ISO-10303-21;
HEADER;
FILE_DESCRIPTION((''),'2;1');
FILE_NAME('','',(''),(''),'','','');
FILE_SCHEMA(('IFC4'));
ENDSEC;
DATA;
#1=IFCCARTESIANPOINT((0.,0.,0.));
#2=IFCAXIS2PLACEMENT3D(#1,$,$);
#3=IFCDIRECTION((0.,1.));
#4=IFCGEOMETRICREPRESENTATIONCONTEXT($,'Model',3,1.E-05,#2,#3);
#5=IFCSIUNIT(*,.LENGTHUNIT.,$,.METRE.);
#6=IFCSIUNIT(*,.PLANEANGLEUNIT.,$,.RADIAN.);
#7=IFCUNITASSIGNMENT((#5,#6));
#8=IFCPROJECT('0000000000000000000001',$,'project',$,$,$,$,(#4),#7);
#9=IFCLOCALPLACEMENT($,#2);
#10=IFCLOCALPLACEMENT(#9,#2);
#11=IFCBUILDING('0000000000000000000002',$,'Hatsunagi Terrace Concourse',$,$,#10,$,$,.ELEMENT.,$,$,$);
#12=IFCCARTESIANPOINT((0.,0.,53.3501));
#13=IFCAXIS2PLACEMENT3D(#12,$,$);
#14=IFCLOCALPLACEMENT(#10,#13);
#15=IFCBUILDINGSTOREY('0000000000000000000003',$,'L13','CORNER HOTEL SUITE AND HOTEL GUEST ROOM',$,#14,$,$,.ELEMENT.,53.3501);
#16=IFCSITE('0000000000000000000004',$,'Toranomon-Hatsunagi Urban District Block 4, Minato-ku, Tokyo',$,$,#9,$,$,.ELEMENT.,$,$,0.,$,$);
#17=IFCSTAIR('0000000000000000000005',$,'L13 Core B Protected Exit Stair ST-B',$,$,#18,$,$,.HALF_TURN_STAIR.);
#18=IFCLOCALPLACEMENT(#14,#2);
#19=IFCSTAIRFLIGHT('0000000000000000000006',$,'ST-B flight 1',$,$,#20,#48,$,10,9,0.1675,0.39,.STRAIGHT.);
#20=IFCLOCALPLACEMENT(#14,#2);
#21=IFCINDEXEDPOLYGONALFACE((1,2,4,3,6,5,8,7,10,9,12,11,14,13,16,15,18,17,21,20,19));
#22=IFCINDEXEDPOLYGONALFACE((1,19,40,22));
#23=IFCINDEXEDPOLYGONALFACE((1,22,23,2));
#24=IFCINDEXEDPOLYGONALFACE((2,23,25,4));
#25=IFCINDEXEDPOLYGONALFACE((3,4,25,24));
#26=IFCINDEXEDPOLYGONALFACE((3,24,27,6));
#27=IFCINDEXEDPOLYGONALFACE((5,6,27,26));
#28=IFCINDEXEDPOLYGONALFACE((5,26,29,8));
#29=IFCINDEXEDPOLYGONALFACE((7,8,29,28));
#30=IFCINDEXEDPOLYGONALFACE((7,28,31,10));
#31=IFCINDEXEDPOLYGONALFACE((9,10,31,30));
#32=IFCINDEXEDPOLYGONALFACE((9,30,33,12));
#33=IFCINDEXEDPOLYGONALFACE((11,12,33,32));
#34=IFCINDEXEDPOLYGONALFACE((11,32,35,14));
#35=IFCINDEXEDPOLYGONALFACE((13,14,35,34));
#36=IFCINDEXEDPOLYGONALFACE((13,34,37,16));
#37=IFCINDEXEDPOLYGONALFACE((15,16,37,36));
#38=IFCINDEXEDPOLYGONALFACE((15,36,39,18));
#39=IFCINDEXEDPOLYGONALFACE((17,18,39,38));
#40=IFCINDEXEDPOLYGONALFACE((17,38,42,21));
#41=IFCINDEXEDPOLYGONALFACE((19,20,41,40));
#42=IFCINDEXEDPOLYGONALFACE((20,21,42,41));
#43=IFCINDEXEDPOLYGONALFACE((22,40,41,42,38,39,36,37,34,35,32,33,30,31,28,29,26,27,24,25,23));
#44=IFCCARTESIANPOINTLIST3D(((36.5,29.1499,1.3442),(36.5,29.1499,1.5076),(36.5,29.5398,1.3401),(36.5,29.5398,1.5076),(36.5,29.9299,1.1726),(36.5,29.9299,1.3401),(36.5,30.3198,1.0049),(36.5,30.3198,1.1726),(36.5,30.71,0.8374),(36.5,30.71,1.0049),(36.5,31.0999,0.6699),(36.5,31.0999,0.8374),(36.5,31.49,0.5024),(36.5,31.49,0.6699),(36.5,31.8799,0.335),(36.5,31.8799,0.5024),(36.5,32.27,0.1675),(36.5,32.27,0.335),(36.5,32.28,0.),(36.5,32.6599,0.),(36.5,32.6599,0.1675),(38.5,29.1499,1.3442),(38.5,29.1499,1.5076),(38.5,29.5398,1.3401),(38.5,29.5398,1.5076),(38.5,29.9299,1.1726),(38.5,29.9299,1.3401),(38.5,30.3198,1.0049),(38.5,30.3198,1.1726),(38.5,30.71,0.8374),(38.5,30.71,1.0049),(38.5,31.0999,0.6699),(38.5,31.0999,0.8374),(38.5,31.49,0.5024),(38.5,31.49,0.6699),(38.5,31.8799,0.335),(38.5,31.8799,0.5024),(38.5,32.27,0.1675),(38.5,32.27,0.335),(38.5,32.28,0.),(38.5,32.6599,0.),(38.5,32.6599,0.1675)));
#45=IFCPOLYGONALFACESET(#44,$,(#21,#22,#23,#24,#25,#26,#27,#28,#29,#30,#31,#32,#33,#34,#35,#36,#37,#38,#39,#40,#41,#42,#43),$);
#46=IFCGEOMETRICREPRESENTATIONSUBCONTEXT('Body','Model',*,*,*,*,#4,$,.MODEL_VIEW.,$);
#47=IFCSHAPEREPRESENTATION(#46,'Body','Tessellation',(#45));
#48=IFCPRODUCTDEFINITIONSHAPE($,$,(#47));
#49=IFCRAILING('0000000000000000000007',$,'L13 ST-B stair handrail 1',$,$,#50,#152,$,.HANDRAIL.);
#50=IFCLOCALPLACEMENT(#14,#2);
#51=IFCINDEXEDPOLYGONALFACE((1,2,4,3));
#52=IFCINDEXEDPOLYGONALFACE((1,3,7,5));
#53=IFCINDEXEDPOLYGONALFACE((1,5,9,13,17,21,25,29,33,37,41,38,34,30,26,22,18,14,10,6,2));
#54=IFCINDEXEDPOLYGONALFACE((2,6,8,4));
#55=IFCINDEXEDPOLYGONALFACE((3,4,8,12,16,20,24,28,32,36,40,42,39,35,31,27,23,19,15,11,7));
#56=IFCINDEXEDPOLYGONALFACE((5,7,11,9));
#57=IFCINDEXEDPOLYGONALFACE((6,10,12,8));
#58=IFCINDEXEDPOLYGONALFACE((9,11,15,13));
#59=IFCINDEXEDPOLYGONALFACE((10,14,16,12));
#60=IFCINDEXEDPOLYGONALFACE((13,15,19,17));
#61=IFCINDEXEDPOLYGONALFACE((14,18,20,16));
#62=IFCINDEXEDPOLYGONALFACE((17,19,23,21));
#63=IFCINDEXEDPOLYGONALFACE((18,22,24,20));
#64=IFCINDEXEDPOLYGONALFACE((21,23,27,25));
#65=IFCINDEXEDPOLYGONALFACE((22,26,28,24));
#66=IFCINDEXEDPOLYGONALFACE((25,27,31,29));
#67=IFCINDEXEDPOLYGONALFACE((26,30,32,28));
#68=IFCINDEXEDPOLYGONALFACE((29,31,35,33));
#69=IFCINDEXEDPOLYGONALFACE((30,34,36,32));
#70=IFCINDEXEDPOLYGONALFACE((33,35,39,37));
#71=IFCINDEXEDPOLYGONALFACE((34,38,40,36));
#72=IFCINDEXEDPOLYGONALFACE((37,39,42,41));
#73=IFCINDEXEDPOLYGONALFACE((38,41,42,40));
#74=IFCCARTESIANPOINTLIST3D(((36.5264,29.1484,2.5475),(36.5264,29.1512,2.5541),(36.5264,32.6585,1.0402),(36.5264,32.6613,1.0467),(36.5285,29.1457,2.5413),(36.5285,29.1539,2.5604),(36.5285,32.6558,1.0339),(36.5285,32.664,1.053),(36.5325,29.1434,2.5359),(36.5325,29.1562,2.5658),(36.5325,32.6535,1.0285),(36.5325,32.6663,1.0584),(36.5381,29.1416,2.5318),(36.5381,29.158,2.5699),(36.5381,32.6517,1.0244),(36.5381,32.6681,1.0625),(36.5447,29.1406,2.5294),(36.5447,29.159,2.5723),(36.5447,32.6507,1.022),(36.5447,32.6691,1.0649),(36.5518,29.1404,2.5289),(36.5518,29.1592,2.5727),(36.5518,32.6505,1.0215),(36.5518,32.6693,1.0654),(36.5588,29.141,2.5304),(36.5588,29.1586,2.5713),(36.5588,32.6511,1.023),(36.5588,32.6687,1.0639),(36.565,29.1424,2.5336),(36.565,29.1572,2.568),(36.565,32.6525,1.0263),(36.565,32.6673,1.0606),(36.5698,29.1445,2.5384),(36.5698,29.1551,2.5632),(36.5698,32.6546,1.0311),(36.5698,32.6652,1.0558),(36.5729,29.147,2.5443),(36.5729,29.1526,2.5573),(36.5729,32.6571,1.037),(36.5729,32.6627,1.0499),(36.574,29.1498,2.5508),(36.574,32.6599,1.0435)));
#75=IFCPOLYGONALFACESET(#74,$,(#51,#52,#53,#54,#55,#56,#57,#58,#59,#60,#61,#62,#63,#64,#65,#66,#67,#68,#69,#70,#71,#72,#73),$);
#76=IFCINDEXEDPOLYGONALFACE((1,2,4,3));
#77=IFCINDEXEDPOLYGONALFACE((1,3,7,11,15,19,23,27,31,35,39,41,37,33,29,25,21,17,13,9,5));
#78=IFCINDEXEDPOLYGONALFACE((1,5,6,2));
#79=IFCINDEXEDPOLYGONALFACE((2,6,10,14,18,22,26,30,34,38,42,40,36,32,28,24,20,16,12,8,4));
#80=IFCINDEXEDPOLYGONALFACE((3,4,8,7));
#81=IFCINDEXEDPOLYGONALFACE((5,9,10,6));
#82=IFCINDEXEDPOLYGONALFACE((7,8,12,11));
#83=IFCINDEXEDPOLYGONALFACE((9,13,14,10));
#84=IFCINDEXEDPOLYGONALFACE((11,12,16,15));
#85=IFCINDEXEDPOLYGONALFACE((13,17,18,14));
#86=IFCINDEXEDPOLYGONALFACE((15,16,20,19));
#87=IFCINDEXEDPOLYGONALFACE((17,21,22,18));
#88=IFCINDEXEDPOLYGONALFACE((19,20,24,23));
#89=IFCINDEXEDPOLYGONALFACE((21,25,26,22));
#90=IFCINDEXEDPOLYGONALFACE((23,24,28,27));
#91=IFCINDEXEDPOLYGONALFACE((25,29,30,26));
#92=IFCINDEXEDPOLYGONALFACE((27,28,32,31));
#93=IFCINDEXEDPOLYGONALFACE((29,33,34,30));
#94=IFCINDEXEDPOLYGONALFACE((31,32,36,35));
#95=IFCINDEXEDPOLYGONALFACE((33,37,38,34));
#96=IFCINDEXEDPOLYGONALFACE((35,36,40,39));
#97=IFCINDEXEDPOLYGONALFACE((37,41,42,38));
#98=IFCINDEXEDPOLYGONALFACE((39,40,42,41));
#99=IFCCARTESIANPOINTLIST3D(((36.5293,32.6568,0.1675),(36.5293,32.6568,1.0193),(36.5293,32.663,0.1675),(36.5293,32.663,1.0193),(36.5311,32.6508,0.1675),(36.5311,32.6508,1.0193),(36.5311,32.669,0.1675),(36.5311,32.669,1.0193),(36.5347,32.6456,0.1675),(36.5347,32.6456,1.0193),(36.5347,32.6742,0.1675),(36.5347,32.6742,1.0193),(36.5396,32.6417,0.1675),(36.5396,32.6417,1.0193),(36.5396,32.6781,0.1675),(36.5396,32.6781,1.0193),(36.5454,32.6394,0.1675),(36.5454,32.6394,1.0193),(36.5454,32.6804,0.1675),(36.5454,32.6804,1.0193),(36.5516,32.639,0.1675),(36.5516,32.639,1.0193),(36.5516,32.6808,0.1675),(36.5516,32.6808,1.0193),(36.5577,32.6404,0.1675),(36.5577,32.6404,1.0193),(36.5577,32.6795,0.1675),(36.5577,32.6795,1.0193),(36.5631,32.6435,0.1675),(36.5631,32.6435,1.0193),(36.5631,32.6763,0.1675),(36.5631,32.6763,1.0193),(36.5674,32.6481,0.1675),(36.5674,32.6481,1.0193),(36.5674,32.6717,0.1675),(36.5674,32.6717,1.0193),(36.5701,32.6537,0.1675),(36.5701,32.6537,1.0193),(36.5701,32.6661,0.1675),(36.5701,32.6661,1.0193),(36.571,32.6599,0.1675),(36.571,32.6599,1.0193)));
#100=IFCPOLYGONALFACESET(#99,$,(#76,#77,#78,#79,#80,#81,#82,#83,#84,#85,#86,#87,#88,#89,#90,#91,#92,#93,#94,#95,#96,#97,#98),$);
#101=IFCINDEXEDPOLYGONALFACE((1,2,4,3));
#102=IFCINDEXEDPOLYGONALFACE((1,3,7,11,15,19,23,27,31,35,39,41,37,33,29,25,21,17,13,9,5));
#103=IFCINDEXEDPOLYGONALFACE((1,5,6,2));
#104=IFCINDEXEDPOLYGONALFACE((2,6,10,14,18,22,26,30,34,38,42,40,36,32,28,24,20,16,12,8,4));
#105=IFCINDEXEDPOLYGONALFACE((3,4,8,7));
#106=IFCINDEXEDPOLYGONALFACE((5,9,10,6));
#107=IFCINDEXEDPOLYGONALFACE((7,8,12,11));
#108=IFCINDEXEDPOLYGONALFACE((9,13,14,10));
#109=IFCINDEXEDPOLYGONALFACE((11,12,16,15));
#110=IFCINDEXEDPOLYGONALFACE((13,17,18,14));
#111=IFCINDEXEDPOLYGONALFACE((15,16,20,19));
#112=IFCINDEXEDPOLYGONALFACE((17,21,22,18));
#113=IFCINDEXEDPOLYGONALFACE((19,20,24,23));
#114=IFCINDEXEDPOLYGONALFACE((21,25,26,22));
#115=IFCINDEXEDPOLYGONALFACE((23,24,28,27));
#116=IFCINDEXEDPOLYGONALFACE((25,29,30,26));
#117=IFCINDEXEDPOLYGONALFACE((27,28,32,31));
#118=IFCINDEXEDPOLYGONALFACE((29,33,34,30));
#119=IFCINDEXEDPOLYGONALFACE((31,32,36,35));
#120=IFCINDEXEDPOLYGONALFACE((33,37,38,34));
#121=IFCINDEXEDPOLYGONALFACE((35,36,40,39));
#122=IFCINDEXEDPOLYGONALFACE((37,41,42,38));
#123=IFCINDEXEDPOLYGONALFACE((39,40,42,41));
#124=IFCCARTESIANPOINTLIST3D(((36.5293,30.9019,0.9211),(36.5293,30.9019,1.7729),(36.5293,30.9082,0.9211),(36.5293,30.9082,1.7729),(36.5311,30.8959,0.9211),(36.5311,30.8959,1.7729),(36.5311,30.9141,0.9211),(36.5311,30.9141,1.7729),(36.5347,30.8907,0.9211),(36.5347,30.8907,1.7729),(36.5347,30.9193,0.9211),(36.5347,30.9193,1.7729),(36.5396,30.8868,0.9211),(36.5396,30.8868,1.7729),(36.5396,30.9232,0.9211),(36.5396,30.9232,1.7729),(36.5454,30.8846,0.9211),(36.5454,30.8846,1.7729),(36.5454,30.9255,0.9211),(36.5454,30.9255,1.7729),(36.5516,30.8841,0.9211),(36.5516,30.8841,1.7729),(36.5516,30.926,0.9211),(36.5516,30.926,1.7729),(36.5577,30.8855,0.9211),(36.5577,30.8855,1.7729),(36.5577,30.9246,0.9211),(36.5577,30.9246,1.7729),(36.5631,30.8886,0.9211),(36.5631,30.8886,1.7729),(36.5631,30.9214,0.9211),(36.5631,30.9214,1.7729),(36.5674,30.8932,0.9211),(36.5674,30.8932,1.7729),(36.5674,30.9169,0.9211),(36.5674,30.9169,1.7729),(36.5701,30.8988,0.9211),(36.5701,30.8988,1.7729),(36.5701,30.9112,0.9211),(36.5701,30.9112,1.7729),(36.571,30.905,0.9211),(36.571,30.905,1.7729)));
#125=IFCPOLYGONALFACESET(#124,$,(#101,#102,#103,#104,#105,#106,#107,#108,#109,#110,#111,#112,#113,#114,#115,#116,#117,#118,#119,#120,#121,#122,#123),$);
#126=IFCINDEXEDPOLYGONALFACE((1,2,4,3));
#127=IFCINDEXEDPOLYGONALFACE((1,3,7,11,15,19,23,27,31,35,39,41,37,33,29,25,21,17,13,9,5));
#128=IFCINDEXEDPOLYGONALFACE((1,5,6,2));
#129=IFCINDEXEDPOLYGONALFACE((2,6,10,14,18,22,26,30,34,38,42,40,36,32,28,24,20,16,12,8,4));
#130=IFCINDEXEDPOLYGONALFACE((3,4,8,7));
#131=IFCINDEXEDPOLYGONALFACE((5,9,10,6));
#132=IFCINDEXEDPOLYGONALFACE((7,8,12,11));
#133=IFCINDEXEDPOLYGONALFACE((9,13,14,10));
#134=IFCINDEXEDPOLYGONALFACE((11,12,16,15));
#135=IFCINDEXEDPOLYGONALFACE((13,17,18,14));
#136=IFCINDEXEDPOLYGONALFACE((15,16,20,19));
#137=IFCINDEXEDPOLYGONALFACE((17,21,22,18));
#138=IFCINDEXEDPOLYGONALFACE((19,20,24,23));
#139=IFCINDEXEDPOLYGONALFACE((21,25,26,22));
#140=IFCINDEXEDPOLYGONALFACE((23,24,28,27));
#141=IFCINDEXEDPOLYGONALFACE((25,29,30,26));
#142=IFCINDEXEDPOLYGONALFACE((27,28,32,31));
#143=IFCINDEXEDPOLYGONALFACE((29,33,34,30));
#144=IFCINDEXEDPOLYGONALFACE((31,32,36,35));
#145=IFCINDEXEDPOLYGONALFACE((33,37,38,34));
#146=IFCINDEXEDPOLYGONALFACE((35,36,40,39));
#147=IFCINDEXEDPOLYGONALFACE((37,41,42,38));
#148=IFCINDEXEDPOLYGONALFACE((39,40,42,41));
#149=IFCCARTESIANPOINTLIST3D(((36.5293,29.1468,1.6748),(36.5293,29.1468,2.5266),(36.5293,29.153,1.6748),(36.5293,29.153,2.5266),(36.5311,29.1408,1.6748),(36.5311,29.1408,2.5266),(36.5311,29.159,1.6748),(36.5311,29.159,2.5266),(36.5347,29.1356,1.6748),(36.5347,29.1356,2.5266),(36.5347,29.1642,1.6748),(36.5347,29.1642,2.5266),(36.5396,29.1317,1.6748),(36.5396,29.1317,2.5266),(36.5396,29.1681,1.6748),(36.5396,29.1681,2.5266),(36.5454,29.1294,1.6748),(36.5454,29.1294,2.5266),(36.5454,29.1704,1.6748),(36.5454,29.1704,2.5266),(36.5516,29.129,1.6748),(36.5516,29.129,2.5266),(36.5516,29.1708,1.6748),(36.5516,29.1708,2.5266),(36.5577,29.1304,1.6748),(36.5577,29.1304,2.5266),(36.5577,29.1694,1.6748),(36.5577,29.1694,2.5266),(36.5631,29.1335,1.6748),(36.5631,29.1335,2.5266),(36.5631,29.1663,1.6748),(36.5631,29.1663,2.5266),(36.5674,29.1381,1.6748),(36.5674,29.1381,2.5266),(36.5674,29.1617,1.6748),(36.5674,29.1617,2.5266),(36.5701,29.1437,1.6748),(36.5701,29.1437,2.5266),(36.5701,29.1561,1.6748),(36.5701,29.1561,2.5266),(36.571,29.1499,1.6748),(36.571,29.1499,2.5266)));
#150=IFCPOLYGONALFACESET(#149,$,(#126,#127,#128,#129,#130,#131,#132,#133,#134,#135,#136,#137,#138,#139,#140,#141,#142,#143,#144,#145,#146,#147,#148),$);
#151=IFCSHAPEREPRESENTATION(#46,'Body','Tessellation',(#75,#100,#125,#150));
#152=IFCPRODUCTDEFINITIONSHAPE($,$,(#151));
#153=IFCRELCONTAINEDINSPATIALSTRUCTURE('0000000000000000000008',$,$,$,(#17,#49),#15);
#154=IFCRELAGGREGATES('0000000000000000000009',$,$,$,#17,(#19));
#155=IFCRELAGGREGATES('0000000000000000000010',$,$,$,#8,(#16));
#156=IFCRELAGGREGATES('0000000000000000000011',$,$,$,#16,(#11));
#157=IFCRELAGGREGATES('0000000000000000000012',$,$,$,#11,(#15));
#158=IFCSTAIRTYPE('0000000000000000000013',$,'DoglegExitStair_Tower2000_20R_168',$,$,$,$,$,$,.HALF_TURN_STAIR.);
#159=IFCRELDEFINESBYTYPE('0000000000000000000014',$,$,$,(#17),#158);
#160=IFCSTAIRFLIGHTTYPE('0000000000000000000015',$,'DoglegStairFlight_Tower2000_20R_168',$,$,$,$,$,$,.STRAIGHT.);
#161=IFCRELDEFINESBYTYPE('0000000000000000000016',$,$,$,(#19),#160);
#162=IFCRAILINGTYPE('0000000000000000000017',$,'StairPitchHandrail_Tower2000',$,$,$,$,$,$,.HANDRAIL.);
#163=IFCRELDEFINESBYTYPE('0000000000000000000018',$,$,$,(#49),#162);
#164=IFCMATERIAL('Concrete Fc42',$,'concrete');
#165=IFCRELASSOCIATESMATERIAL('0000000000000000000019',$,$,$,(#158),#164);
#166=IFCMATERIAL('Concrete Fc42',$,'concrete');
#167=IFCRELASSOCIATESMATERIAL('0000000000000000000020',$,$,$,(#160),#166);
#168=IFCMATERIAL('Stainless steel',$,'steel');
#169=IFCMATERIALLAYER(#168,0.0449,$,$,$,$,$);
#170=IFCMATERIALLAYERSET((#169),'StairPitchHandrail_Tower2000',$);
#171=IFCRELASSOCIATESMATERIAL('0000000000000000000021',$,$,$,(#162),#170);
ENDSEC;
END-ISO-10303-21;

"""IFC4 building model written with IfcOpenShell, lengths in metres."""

from ifc_helpers import new_model, si_unit, direction, frame, origin, origin_2d, place, context, subcontext, project, spatial, polyline, circle, outline, extrude, material, layer, layer_set, type_object, element, aggregate, save


model = new_model("IFC4")

# Units and contexts
model_context = context("Model", 3, precision=1e-05, world=origin(), true_north=direction((0.0, 1.0)))
body_context = subcontext(model_context, "Body", "Model", "MODEL_VIEW")
ifc_project = project(units=[si_unit("LENGTHUNIT", "METRE"), si_unit("PLANEANGLEUNIT", "RADIAN")], contexts=[model_context])

# Site, building, storey
site_placement = place(None, origin())
site = spatial("IfcSite", under=ifc_project, at=site_placement, Name="Toranomon-Hatsunagi Urban District Block 4, Minato-ku, Tokyo", CompositionType="ELEMENT", RefElevation=0.0)
building_placement = place(site_placement, origin())
building = spatial("IfcBuilding", under=site, at=building_placement, Name="Hatsunagi Terrace Concourse", CompositionType="ELEMENT")
storey_placement = place(building_placement, frame((0.0, 0.0, 53.3501)))
storey = spatial("IfcBuildingStorey", under=building, at=storey_placement, Name="L13", Description="CORNER HOTEL SUITE AND HOTEL GUEST ROOM", CompositionType="ELEMENT", Elevation=53.3501)

# Stair, stair flight
ifc_material_1 = material(Name="Concrete Fc42", Category="concrete")
stair_type = type_object("IfcStairType", Name="DoglegExitStair_Tower2000_20R_168", PredefinedType="HALF_TURN_STAIR", material=ifc_material_1)
stair_placement = place(storey_placement, origin())
stair = element("IfcStair", 1, at=stair_placement, inside=storey, type_object=stair_type, Name="L13 Core B Protected Exit Stair ST-B", PredefinedType="HALF_TURN_STAIR")
ifc_material_2 = material(Name="Concrete Fc42", Category="concrete")
stair_flight_type = type_object("IfcStairFlightType", Name="DoglegStairFlight_Tower2000_20R_168", PredefinedType="STRAIGHT", material=ifc_material_2)
stair_flight_placement = place(storey_placement, frame((37.5, 32.6599, 0.0), z_axis=(0.0, 0.0, 1.0), x_axis=(0.0, -1.0, 0.0)))
stair_flight = element("IfcStairFlight", 2, at=stair_flight_placement, type_object=stair_flight_type, Name="ST-B flight 1", NumberOfRisers=10, NumberOfTreads=9, PredefinedType="STRAIGHT", RiserHeight=0.1675, TreadLength=0.39, context=body_context, shape_type="SweptSolid", body=[
    extrude(outline(polyline([(0.0, 0.0), (0.0, 0.1675), (0.3899, 0.1675), (0.3899, 0.335), (0.78, 0.335), (0.78, 0.5024), (1.1699, 0.5024), (1.1699, 0.6699), (1.5601, 0.6699), (1.5601, 0.8374), (1.95, 0.8374), (1.95, 1.0049), (2.3401, 1.0049), (2.3401, 1.1726), (2.73, 1.1726), (2.73, 1.3401), (3.1201, 1.3401), (3.1201, 1.5076), (3.51, 1.5076), (3.51, 1.675), (3.51, 1.3442), (0.3799, 0.0), (0.0, 0.0)])), frame((0.0, 1.0, 0.0), z_axis=(0.0, -1.0, 0.0), x_axis=(1.0, 0.0, 0.0)), (0.0, 0.0, 1.0), 2.0),
])
aggregate(stair, [stair_flight])

# Railing
ifc_material_3 = material(Name="Stainless steel", Category="steel")
ifc_layer_1 = layer(ifc_material_3, 0.0449)
ifc_layer_set_1 = layer_set([ifc_layer_1], Name="StairPitchHandrail_Tower2000")
railing_type_1 = type_object("IfcRailingType", Name="StairPitchHandrail_Tower2000", PredefinedType="HANDRAIL", material=ifc_layer_set_1)
railing_1_placement = place(storey_placement, frame((36.55, 32.6599, 0.1675)))
element("IfcRailing", 3, at=railing_1_placement, inside=storey, type_object=railing_type_1, Name="L13 ST-B stair handrail 1", PredefinedType="HANDRAIL", context=body_context, shape_type="SweptSolid", body=[
    extrude(circle(Radius=0.0239, at=origin_2d()), frame((0.0, 0.0, 0.876), z_axis=(0.0, -0.918857, 0.39459), x_axis=(1.0, 0.0, 0.0)), (0.0, 0.0, 1.0), 3.8201),
    extrude(circle(Radius=0.021, at=origin_2d()), origin(), (0.0, 0.0, 1.0), 0.8518),
    extrude(circle(Radius=0.021, at=origin_2d()), frame((0.0, -1.7549, 0.7537)), (0.0, 0.0, 1.0), 0.8518),
    extrude(circle(Radius=0.021, at=origin_2d()), frame((0.0, -3.51, 1.5073)), (0.0, 0.0, 1.0), 0.8518),
])

save(model, "model.ifc")
